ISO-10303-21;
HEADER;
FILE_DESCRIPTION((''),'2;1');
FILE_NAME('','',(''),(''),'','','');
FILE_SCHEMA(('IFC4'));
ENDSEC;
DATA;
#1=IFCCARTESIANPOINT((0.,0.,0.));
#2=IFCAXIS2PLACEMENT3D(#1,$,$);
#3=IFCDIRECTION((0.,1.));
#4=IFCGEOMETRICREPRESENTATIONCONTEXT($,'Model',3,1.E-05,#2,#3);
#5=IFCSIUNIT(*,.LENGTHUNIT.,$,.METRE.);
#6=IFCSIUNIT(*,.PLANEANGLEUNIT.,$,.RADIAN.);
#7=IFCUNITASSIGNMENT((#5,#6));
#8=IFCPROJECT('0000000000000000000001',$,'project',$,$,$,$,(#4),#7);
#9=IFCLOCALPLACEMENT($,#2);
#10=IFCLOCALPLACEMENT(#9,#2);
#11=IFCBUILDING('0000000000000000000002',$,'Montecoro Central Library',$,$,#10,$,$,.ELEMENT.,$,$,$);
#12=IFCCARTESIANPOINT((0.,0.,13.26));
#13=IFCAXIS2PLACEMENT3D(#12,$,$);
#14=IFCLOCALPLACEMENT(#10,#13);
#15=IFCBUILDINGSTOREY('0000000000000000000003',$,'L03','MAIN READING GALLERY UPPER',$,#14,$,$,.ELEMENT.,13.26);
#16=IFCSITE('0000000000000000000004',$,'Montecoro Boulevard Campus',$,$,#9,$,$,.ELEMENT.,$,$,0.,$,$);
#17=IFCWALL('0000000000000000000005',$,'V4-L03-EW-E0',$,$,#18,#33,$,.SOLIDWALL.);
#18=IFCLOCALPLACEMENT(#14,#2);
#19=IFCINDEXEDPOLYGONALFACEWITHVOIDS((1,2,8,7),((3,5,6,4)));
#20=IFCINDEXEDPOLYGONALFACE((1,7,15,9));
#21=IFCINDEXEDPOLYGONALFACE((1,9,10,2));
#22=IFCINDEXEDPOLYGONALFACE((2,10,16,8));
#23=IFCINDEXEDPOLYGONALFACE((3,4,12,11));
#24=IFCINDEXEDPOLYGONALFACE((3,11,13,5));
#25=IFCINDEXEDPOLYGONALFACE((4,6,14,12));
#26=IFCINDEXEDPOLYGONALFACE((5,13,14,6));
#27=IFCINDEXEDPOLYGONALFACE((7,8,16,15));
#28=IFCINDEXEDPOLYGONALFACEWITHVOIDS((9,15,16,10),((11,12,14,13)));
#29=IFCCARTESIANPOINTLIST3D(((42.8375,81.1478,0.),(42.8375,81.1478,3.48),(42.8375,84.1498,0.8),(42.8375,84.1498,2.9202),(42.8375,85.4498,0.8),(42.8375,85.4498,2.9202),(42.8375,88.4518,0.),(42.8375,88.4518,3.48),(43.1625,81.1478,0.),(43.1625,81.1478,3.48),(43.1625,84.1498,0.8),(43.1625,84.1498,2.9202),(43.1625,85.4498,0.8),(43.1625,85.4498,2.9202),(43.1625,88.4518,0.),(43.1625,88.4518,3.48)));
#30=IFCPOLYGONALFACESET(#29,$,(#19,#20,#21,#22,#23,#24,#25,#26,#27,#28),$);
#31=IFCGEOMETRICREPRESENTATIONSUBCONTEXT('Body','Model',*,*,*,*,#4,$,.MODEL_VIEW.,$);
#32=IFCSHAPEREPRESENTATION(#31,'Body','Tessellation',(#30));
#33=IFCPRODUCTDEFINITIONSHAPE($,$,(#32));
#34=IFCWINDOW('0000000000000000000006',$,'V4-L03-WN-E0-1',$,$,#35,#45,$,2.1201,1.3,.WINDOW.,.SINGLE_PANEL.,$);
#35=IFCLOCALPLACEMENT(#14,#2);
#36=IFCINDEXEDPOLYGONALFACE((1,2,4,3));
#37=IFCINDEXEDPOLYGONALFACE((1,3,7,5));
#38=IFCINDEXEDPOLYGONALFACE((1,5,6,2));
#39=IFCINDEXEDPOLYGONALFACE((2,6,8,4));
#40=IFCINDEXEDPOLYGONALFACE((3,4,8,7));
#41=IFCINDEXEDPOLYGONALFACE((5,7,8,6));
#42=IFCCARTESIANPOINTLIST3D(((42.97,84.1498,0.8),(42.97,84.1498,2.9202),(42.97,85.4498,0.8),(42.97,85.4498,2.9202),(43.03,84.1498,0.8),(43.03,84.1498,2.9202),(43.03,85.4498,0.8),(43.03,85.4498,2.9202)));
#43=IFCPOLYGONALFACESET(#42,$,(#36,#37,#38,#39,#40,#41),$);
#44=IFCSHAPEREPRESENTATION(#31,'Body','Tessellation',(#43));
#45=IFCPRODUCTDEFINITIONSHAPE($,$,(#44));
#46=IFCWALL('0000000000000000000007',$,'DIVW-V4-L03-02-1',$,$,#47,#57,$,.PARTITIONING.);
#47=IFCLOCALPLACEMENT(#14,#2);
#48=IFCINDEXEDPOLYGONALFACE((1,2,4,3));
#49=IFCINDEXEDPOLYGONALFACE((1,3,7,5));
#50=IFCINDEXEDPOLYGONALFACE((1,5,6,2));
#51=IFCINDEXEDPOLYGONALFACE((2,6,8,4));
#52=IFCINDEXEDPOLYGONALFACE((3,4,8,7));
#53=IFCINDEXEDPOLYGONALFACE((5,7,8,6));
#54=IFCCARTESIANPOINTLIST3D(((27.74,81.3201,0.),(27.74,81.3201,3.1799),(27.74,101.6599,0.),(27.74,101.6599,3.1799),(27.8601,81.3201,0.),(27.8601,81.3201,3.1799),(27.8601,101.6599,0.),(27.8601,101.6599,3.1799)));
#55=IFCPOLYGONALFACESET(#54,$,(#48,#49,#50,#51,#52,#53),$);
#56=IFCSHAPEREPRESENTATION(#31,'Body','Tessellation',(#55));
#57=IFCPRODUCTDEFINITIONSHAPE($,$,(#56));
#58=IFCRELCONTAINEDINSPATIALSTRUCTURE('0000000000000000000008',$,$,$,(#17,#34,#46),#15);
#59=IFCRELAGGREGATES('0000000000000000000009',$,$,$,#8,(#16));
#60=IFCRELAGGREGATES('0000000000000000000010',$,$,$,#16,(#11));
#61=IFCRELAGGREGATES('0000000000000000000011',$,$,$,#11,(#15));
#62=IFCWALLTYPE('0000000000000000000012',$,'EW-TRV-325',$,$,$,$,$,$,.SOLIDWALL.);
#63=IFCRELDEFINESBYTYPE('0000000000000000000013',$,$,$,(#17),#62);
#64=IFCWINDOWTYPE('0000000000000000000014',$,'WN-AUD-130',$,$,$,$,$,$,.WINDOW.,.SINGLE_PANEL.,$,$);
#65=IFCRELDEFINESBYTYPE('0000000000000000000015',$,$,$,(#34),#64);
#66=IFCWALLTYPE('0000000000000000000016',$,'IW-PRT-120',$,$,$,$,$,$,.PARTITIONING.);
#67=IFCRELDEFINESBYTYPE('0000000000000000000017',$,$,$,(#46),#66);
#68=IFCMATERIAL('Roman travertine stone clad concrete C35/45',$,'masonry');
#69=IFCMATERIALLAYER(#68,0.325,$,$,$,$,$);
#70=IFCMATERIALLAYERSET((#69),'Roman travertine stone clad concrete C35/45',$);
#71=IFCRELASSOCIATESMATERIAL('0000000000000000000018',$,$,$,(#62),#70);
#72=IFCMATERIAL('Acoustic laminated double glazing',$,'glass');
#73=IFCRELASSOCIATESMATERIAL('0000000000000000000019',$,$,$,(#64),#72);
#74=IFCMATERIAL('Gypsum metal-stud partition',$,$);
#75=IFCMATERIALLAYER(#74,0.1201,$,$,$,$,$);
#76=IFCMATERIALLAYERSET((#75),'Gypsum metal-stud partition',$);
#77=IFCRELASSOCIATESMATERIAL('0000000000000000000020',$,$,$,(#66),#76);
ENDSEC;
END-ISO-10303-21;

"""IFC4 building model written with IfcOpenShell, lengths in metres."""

from ifc_helpers import new_model, si_unit, direction, frame, frame_2d, origin, place, context, subcontext, project, spatial, rectangle, extrude, material, layer, layer_set, type_object, element, fill, save


model = new_model("IFC4")

# Units and contexts
model_context = context("Model", 3, precision=1e-05, world=origin(), true_north=direction((0.0, 1.0)))
body_context = subcontext(model_context, "Body", "Model", "MODEL_VIEW")
ifc_project = project(units=[si_unit("LENGTHUNIT", "METRE"), si_unit("PLANEANGLEUNIT", "RADIAN")], contexts=[model_context])

# Site, building, storey
site_placement = place(None, origin())
site = spatial("IfcSite", under=ifc_project, at=site_placement, Name="Montecoro Boulevard Campus", CompositionType="ELEMENT", RefElevation=0.0)
building_placement = place(site_placement, origin())
building = spatial("IfcBuilding", under=site, at=building_placement, Name="Montecoro Central Library", CompositionType="ELEMENT")
storey_placement = place(building_placement, frame((0.0, 0.0, 13.26)))
storey = spatial("IfcBuildingStorey", under=building, at=storey_placement, Name="L03", Description="MAIN READING GALLERY UPPER", CompositionType="ELEMENT", Elevation=13.26)

# Shared definitions
ifc_material_1 = material(Name="Roman travertine stone clad concrete C35/45", Category="masonry")
ifc_layer_1 = layer(ifc_material_1, 0.325)
ifc_layer_set_1 = layer_set([ifc_layer_1], Name="Roman travertine stone clad concrete C35/45")
wall_type_1 = type_object("IfcWallType", Name="EW-TRV-325", PredefinedType="SOLIDWALL", material=ifc_layer_set_1)

# Wall, opening, window
wall_1_placement = place(storey_placement, frame((43.0, 81.1479, 0.0), z_axis=(0.0, 0.0, 1.0), x_axis=(0.0, 1.0, 0.0)))
wall_1 = element("IfcWall", 1, at=wall_1_placement, inside=storey, type_object=wall_type_1, Name="V4-L03-EW-E0", PredefinedType="SOLIDWALL", context=body_context, shape_type="SweptSolid", body=[
    extrude(rectangle(XDim=7.304, YDim=0.325, at=frame_2d((3.6519, 0.0))), origin(), (0.0, 0.0, 1.0), 3.48),
])
opening_1_placement = place(wall_1_placement, frame((3.002, 0.0, 0.8)))
opening_1 = element("IfcOpeningElement", 2, at=opening_1_placement, cuts=wall_1, PredefinedType="OPENING", context=body_context, shape_type="SweptSolid", body=[
    extrude(rectangle(XDim=1.3, YDim=2.1201, at=frame_2d((0.6499, 1.0601))), frame((0.0, 0.1724, 0.0), z_axis=(0.0, -1.0, 0.0), x_axis=(1.0, 0.0, 0.0)), (0.0, 0.0, 1.0), 0.345),
])
ifc_material_2 = material(Name="Acoustic laminated double glazing", Category="glass")
window_type = type_object("IfcWindowType", Name="WN-AUD-130", PartitioningType="SINGLE_PANEL", PredefinedType="WINDOW", material=ifc_material_2)
window_placement = place(opening_1_placement, origin())
window = element("IfcWindow", 3, at=window_placement, inside=storey, type_object=window_type, Name="V4-L03-WN-E0-1", OverallHeight=2.1201, OverallWidth=1.3, PartitioningType="SINGLE_PANEL", PredefinedType="WINDOW", context=body_context, shape_type="SweptSolid", body=[
    extrude(rectangle(XDim=1.3, YDim=2.1201, at=frame_2d((0.6499, 1.0601))), frame((0.0, 0.03, 0.0), z_axis=(0.0, -1.0, 0.0), x_axis=(1.0, 0.0, 0.0)), (0.0, 0.0, 1.0), 0.0601),
])
fill(opening_1, window)

# Wall
ifc_material_3 = material(Name="Gypsum metal-stud partition")
ifc_layer_2 = layer(ifc_material_3, 0.1201)
ifc_layer_set_2 = layer_set([ifc_layer_2], Name="Gypsum metal-stud partition")
wall_type_2 = type_object("IfcWallType", Name="IW-PRT-120", PredefinedType="PARTITIONING", material=ifc_layer_set_2)
wall_2_placement = place(storey_placement, frame((27.8, 81.3201, 0.0), z_axis=(0.0, 0.0, 1.0), x_axis=(0.0, 1.0, 0.0)))
element("IfcWall", 4, at=wall_2_placement, inside=storey, type_object=wall_type_2, Name="DIVW-V4-L03-02-1", PredefinedType="PARTITIONING", context=body_context, shape_type="SweptSolid", body=[
    extrude(rectangle(XDim=20.3398, YDim=0.1201, at=frame_2d((10.1699, 0.0))), origin(), (0.0, 0.0, 1.0), 3.1799),
])

save(model, "model.ifc")
